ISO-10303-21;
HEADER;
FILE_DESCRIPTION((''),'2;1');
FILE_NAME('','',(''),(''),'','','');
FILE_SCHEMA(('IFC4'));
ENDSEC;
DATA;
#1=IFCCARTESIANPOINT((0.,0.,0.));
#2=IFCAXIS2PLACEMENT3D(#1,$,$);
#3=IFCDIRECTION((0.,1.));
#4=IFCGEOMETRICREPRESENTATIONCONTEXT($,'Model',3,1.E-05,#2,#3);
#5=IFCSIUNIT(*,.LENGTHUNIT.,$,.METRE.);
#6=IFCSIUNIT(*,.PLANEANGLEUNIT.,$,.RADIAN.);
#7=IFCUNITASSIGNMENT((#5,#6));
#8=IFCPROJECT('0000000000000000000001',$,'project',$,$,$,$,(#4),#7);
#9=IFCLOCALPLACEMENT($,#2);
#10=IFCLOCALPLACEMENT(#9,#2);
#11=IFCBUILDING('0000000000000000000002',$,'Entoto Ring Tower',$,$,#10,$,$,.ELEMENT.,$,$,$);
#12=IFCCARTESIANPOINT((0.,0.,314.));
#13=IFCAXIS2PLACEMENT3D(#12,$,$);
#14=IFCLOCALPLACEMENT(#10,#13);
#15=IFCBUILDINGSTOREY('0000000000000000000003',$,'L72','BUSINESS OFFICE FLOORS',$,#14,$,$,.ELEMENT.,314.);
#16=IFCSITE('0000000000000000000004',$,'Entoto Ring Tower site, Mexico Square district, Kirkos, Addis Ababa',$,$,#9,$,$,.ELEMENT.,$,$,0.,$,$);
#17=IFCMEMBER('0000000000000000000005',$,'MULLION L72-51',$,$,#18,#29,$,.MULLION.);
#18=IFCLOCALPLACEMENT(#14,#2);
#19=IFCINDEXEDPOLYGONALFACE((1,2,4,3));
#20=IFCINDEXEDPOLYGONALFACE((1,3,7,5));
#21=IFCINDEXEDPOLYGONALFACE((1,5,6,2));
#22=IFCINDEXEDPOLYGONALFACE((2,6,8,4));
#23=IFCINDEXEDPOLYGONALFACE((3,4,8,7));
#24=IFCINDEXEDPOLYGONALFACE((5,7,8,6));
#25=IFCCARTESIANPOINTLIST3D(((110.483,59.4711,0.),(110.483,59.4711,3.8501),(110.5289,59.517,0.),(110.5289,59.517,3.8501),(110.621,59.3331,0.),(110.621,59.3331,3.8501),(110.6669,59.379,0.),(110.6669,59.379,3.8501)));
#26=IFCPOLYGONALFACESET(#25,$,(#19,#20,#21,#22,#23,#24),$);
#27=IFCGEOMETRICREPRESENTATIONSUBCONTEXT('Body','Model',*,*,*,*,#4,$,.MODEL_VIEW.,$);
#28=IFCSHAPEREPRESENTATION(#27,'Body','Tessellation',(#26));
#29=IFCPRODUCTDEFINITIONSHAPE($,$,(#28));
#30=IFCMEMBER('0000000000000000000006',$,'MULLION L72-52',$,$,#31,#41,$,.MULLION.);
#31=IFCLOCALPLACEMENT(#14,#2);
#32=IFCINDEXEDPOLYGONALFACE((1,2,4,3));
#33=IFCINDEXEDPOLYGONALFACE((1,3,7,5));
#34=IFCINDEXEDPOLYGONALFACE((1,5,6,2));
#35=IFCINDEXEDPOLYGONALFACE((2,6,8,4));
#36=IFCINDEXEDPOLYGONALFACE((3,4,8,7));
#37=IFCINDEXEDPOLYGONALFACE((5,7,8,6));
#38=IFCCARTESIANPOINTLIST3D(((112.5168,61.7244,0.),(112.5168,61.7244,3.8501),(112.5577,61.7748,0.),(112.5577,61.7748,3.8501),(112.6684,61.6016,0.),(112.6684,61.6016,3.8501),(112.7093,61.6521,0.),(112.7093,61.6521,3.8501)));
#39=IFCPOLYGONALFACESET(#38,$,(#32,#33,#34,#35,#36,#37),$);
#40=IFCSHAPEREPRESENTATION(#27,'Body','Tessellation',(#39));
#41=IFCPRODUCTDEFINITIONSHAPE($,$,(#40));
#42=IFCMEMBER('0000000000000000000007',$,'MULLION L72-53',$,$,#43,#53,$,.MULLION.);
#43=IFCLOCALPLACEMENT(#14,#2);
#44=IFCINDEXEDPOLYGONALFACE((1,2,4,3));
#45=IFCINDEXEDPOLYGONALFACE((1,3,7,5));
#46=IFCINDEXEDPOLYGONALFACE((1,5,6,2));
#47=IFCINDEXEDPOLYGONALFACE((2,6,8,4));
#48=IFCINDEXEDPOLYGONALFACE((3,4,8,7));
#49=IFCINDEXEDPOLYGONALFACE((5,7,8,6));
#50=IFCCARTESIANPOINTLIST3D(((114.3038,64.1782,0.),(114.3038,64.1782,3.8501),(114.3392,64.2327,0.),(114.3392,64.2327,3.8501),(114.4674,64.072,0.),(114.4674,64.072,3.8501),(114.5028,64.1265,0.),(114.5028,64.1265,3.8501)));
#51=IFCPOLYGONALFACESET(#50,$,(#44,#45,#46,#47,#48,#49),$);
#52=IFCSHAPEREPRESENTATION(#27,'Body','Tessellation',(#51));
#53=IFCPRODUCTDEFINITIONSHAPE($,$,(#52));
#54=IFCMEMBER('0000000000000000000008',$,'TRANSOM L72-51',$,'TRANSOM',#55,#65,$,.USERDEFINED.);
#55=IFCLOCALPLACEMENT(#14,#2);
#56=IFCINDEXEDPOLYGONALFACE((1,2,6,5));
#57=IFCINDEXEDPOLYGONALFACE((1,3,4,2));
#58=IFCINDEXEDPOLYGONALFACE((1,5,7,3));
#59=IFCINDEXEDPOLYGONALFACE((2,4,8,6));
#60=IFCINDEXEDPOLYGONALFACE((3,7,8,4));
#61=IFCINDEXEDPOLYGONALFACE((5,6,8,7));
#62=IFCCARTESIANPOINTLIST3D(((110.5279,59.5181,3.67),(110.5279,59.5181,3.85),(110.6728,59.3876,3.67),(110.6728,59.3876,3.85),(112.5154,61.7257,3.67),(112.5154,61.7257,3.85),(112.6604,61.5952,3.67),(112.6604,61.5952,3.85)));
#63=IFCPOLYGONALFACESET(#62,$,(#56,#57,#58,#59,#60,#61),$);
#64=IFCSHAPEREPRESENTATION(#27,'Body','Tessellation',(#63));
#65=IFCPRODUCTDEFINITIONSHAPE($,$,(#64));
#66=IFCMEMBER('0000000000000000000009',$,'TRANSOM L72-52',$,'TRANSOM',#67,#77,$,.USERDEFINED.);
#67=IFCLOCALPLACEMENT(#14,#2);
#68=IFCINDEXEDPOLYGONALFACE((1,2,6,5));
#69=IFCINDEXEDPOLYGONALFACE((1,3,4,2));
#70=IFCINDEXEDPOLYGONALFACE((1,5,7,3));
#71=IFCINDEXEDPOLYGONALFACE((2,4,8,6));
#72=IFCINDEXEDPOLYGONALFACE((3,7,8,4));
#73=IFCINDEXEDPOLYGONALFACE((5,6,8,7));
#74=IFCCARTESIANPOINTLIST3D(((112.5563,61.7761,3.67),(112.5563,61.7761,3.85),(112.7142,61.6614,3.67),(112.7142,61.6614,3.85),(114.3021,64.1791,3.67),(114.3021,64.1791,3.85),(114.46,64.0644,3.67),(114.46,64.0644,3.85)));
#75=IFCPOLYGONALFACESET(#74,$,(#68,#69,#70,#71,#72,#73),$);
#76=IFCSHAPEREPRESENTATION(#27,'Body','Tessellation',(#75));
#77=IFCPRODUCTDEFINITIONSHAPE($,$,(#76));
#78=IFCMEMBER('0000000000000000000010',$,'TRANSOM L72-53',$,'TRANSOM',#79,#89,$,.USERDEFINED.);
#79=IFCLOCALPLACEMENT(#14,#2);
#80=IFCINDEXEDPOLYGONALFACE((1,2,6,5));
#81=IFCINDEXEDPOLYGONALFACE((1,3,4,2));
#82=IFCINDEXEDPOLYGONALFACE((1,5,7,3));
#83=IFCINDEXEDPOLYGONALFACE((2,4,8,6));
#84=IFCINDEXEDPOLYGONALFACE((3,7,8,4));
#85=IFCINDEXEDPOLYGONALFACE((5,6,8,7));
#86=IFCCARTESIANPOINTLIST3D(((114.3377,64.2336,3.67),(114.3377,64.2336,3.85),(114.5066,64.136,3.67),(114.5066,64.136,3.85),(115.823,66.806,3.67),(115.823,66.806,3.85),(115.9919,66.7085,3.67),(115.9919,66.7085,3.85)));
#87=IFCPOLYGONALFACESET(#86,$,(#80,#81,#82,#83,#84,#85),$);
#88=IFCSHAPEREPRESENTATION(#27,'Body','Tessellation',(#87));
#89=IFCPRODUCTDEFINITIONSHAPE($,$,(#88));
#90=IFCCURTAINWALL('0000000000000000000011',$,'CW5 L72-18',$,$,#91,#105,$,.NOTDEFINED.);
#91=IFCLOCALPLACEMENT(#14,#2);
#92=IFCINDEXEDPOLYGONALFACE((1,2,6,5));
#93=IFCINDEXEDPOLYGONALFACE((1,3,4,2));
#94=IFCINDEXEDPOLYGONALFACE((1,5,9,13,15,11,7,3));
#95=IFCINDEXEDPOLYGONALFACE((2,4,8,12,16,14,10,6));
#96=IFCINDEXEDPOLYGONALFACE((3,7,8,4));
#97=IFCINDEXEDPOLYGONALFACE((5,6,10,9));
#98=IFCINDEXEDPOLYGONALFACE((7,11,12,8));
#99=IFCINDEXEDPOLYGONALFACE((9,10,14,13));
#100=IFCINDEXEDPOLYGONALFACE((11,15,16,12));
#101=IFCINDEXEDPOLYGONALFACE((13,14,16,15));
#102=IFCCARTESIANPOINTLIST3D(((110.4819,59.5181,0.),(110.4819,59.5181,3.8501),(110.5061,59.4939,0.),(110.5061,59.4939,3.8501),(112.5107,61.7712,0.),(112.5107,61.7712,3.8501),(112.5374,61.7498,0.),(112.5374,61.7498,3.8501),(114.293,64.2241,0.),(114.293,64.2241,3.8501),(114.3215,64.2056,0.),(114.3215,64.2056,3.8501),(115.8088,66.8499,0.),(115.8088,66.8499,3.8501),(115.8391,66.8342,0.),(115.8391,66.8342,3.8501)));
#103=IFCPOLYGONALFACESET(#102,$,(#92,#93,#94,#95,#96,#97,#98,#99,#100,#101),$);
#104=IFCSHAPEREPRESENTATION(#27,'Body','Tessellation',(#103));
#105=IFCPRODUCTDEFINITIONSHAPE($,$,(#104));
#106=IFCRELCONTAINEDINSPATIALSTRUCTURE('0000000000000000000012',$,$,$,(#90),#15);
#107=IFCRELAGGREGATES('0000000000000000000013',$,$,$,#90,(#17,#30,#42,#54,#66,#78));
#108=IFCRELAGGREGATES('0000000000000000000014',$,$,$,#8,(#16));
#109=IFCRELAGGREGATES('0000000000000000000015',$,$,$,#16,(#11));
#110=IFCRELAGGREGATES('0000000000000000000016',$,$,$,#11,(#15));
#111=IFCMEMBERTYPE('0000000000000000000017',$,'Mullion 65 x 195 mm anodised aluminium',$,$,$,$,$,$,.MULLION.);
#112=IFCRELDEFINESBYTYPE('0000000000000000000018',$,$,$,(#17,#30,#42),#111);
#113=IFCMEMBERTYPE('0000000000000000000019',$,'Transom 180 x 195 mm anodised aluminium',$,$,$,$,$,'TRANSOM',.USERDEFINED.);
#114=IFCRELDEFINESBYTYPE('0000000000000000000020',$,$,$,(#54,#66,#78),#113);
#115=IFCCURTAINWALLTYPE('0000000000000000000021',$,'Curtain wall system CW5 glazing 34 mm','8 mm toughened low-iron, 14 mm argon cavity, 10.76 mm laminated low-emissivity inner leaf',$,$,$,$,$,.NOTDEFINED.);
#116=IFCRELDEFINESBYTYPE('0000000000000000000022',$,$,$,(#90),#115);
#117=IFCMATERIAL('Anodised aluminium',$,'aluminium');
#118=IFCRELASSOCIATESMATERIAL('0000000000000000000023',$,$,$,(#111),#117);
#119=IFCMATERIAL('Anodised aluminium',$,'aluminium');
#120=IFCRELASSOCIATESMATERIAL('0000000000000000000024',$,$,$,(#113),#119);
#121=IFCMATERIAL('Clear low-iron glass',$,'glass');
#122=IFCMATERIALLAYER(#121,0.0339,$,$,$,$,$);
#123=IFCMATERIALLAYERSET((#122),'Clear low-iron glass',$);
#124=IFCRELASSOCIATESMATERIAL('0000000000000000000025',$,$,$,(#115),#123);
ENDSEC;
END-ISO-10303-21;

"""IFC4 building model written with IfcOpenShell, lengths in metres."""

from ifc_helpers import new_model, si_unit, direction, frame, origin, origin_2d, place, context, subcontext, project, spatial, polyline, rectangle, outline, extrude, material, layer, layer_set, material_profile, profile_set, type_object, element, aggregate, save


model = new_model("IFC4")

# Units and contexts
model_context = context("Model", 3, precision=1e-05, world=origin(), true_north=direction((0.0, 1.0)))
body_context = subcontext(model_context, "Body", "Model", "MODEL_VIEW")
ifc_project = project(units=[si_unit("LENGTHUNIT", "METRE"), si_unit("PLANEANGLEUNIT", "RADIAN")], contexts=[model_context])

# Members
ifc_material_1 = material(Name="Anodised aluminium", Category="aluminium")
ifc_material_profile_1 = material_profile(ifc_material_1, rectangle(XDim=0.0649, YDim=0.1951, at=origin_2d()), Name="Mullion 65 x 195 mm anodised aluminium")
ifc_profile_set_1 = profile_set([ifc_material_profile_1], Name="Anodised aluminium")
member_type_1 = type_object("IfcMemberType", Name="Mullion 65 x 195 mm anodised aluminium", PredefinedType="MULLION", material=ifc_profile_set_1)
site_placement = place(None, origin())
building_placement = place(site_placement, origin())
storey_placement = place(building_placement, frame((0.0, 0.0, 314.0)))
member_1_placement = place(storey_placement, frame((110.575, 59.425, 0.0), z_axis=(0.0, 0.0, 1.0), x_axis=(0.707107, 0.707107, 0.0)))
member_1 = element("IfcMember", 1, at=member_1_placement, type_object=member_type_1, Name="MULLION L72-51", PredefinedType="MULLION", context=body_context, shape_type="SweptSolid", body=[
    extrude(rectangle(XDim=0.0649, YDim=0.1951, at=origin_2d()), origin(), (0.0, 0.0, 1.0), 3.8501),
])
member_2_placement = place(storey_placement, frame((112.613, 61.6882, 0.0), z_axis=(0.0, 0.0, 1.0), x_axis=(0.62932, 0.777146, 0.0)))
member_2 = element("IfcMember", 2, at=member_2_placement, type_object=member_type_1, Name="MULLION L72-52", PredefinedType="MULLION", context=body_context, shape_type="SweptSolid", body=[
    extrude(rectangle(XDim=0.0649, YDim=0.1951, at=origin_2d()), origin(), (0.0, 0.0, 1.0), 3.8501),
])
member_3_placement = place(storey_placement, frame((114.4033, 64.1523, 0.0), z_axis=(0.0, 0.0, 1.0), x_axis=(0.544639, 0.838671, 0.0)))
member_3 = element("IfcMember", 3, at=member_3_placement, type_object=member_type_1, Name="MULLION L72-53", PredefinedType="MULLION", context=body_context, shape_type="SweptSolid", body=[
    extrude(rectangle(XDim=0.0649, YDim=0.1951, at=origin_2d()), origin(), (0.0, 0.0, 1.0), 3.8501),
])
ifc_material_2 = material(Name="Anodised aluminium", Category="aluminium")
ifc_material_profile_2 = material_profile(ifc_material_2, rectangle(XDim=0.1951, YDim=0.1799, at=origin_2d()), Name="Transom 180 x 195 mm anodised aluminium")
ifc_profile_set_2 = profile_set([ifc_material_profile_2], Name="Anodised aluminium")
member_type_2 = type_object("IfcMemberType", Name="Transom 180 x 195 mm anodised aluminium", ElementType="TRANSOM", PredefinedType="USERDEFINED", material=ifc_profile_set_2)
member_4_placement = place(storey_placement, frame((110.6003, 59.4529, 3.76), z_axis=(0.66911, 0.743163, 0.0), x_axis=(-0.743163, 0.66911, 0.0)))
member_4 = element("IfcMember", 4, at=member_4_placement, type_object=member_type_2, Name="TRANSOM L72-51", ObjectType="TRANSOM", PredefinedType="USERDEFINED", context=body_context, shape_type="SweptSolid", body=[
    extrude(rectangle(XDim=0.1951, YDim=0.1799, at=origin_2d()), origin(), (0.0, 0.0, 1.0), 2.9705),
])
member_5_placement = place(storey_placement, frame((112.6353, 61.7188, 3.76), z_axis=(0.587766, 0.809031, 0.0), x_axis=(-0.809031, 0.587766, 0.0)))
member_5 = element("IfcMember", 5, at=member_5_placement, type_object=member_type_2, Name="TRANSOM L72-52", ObjectType="TRANSOM", PredefinedType="USERDEFINED", context=body_context, shape_type="SweptSolid", body=[
    extrude(rectangle(XDim=0.1951, YDim=0.1799, at=origin_2d()), origin(), (0.0, 0.0, 1.0), 2.9702),
])
member_6_placement = place(storey_placement, frame((114.4221, 64.1848, 3.76), z_axis=(0.500028, 0.866009, 0.0), x_axis=(-0.866009, 0.500028, 0.0)))
member_6 = element("IfcMember", 6, at=member_6_placement, type_object=member_type_2, Name="TRANSOM L72-53", ObjectType="TRANSOM", PredefinedType="USERDEFINED", context=body_context, shape_type="SweptSolid", body=[
    extrude(rectangle(XDim=0.1951, YDim=0.1799, at=origin_2d()), origin(), (0.0, 0.0, 1.0), 2.9705),
])

# Site, building, storey
site = spatial("IfcSite", under=ifc_project, at=site_placement, Name="Entoto Ring Tower site, Mexico Square district, Kirkos, Addis Ababa", CompositionType="ELEMENT", RefElevation=0.0)
building = spatial("IfcBuilding", under=site, at=building_placement, Name="Entoto Ring Tower", CompositionType="ELEMENT")
storey = spatial("IfcBuildingStorey", under=building, at=storey_placement, Name="L72", Description="BUSINESS OFFICE FLOORS", CompositionType="ELEMENT", Elevation=314.0)

# Curtain wall
ifc_material_3 = material(Name="Clear low-iron glass", Category="glass")
ifc_layer_1 = layer(ifc_material_3, 0.0339)
ifc_layer_set_1 = layer_set([ifc_layer_1], Name="Clear low-iron glass")
curtain_wall_type = type_object("IfcCurtainWallType", Name="Curtain wall system CW5 glazing 34 mm", Description="8 mm toughened low-iron, 14 mm argon cavity, 10.76 mm laminated low-emissivity inner leaf", PredefinedType="NOTDEFINED", material=ifc_layer_set_1)
curtain_wall_1_placement = place(storey_placement, origin())
curtain_wall_1 = element("IfcCurtainWall", 7, at=curtain_wall_1_placement, inside=storey, type_object=curtain_wall_type, Name="CW5 L72-18", PredefinedType="NOTDEFINED", context=body_context, shape_type="SweptSolid", body=[
    extrude(outline(polyline([(110.5061, 59.4939), (112.5374, 61.7498), (114.3215, 64.2056), (115.8391, 66.8342), (115.8088, 66.8499), (114.293, 64.2241), (112.5107, 61.7712), (110.4819, 59.5181), (110.5061, 59.4939)])), origin(), (0.0, 0.0, 1.0), 3.8501),
])
aggregate(curtain_wall_1, [member_1, member_2, member_3, member_4, member_5, member_6])

save(model, "model.ifc")
